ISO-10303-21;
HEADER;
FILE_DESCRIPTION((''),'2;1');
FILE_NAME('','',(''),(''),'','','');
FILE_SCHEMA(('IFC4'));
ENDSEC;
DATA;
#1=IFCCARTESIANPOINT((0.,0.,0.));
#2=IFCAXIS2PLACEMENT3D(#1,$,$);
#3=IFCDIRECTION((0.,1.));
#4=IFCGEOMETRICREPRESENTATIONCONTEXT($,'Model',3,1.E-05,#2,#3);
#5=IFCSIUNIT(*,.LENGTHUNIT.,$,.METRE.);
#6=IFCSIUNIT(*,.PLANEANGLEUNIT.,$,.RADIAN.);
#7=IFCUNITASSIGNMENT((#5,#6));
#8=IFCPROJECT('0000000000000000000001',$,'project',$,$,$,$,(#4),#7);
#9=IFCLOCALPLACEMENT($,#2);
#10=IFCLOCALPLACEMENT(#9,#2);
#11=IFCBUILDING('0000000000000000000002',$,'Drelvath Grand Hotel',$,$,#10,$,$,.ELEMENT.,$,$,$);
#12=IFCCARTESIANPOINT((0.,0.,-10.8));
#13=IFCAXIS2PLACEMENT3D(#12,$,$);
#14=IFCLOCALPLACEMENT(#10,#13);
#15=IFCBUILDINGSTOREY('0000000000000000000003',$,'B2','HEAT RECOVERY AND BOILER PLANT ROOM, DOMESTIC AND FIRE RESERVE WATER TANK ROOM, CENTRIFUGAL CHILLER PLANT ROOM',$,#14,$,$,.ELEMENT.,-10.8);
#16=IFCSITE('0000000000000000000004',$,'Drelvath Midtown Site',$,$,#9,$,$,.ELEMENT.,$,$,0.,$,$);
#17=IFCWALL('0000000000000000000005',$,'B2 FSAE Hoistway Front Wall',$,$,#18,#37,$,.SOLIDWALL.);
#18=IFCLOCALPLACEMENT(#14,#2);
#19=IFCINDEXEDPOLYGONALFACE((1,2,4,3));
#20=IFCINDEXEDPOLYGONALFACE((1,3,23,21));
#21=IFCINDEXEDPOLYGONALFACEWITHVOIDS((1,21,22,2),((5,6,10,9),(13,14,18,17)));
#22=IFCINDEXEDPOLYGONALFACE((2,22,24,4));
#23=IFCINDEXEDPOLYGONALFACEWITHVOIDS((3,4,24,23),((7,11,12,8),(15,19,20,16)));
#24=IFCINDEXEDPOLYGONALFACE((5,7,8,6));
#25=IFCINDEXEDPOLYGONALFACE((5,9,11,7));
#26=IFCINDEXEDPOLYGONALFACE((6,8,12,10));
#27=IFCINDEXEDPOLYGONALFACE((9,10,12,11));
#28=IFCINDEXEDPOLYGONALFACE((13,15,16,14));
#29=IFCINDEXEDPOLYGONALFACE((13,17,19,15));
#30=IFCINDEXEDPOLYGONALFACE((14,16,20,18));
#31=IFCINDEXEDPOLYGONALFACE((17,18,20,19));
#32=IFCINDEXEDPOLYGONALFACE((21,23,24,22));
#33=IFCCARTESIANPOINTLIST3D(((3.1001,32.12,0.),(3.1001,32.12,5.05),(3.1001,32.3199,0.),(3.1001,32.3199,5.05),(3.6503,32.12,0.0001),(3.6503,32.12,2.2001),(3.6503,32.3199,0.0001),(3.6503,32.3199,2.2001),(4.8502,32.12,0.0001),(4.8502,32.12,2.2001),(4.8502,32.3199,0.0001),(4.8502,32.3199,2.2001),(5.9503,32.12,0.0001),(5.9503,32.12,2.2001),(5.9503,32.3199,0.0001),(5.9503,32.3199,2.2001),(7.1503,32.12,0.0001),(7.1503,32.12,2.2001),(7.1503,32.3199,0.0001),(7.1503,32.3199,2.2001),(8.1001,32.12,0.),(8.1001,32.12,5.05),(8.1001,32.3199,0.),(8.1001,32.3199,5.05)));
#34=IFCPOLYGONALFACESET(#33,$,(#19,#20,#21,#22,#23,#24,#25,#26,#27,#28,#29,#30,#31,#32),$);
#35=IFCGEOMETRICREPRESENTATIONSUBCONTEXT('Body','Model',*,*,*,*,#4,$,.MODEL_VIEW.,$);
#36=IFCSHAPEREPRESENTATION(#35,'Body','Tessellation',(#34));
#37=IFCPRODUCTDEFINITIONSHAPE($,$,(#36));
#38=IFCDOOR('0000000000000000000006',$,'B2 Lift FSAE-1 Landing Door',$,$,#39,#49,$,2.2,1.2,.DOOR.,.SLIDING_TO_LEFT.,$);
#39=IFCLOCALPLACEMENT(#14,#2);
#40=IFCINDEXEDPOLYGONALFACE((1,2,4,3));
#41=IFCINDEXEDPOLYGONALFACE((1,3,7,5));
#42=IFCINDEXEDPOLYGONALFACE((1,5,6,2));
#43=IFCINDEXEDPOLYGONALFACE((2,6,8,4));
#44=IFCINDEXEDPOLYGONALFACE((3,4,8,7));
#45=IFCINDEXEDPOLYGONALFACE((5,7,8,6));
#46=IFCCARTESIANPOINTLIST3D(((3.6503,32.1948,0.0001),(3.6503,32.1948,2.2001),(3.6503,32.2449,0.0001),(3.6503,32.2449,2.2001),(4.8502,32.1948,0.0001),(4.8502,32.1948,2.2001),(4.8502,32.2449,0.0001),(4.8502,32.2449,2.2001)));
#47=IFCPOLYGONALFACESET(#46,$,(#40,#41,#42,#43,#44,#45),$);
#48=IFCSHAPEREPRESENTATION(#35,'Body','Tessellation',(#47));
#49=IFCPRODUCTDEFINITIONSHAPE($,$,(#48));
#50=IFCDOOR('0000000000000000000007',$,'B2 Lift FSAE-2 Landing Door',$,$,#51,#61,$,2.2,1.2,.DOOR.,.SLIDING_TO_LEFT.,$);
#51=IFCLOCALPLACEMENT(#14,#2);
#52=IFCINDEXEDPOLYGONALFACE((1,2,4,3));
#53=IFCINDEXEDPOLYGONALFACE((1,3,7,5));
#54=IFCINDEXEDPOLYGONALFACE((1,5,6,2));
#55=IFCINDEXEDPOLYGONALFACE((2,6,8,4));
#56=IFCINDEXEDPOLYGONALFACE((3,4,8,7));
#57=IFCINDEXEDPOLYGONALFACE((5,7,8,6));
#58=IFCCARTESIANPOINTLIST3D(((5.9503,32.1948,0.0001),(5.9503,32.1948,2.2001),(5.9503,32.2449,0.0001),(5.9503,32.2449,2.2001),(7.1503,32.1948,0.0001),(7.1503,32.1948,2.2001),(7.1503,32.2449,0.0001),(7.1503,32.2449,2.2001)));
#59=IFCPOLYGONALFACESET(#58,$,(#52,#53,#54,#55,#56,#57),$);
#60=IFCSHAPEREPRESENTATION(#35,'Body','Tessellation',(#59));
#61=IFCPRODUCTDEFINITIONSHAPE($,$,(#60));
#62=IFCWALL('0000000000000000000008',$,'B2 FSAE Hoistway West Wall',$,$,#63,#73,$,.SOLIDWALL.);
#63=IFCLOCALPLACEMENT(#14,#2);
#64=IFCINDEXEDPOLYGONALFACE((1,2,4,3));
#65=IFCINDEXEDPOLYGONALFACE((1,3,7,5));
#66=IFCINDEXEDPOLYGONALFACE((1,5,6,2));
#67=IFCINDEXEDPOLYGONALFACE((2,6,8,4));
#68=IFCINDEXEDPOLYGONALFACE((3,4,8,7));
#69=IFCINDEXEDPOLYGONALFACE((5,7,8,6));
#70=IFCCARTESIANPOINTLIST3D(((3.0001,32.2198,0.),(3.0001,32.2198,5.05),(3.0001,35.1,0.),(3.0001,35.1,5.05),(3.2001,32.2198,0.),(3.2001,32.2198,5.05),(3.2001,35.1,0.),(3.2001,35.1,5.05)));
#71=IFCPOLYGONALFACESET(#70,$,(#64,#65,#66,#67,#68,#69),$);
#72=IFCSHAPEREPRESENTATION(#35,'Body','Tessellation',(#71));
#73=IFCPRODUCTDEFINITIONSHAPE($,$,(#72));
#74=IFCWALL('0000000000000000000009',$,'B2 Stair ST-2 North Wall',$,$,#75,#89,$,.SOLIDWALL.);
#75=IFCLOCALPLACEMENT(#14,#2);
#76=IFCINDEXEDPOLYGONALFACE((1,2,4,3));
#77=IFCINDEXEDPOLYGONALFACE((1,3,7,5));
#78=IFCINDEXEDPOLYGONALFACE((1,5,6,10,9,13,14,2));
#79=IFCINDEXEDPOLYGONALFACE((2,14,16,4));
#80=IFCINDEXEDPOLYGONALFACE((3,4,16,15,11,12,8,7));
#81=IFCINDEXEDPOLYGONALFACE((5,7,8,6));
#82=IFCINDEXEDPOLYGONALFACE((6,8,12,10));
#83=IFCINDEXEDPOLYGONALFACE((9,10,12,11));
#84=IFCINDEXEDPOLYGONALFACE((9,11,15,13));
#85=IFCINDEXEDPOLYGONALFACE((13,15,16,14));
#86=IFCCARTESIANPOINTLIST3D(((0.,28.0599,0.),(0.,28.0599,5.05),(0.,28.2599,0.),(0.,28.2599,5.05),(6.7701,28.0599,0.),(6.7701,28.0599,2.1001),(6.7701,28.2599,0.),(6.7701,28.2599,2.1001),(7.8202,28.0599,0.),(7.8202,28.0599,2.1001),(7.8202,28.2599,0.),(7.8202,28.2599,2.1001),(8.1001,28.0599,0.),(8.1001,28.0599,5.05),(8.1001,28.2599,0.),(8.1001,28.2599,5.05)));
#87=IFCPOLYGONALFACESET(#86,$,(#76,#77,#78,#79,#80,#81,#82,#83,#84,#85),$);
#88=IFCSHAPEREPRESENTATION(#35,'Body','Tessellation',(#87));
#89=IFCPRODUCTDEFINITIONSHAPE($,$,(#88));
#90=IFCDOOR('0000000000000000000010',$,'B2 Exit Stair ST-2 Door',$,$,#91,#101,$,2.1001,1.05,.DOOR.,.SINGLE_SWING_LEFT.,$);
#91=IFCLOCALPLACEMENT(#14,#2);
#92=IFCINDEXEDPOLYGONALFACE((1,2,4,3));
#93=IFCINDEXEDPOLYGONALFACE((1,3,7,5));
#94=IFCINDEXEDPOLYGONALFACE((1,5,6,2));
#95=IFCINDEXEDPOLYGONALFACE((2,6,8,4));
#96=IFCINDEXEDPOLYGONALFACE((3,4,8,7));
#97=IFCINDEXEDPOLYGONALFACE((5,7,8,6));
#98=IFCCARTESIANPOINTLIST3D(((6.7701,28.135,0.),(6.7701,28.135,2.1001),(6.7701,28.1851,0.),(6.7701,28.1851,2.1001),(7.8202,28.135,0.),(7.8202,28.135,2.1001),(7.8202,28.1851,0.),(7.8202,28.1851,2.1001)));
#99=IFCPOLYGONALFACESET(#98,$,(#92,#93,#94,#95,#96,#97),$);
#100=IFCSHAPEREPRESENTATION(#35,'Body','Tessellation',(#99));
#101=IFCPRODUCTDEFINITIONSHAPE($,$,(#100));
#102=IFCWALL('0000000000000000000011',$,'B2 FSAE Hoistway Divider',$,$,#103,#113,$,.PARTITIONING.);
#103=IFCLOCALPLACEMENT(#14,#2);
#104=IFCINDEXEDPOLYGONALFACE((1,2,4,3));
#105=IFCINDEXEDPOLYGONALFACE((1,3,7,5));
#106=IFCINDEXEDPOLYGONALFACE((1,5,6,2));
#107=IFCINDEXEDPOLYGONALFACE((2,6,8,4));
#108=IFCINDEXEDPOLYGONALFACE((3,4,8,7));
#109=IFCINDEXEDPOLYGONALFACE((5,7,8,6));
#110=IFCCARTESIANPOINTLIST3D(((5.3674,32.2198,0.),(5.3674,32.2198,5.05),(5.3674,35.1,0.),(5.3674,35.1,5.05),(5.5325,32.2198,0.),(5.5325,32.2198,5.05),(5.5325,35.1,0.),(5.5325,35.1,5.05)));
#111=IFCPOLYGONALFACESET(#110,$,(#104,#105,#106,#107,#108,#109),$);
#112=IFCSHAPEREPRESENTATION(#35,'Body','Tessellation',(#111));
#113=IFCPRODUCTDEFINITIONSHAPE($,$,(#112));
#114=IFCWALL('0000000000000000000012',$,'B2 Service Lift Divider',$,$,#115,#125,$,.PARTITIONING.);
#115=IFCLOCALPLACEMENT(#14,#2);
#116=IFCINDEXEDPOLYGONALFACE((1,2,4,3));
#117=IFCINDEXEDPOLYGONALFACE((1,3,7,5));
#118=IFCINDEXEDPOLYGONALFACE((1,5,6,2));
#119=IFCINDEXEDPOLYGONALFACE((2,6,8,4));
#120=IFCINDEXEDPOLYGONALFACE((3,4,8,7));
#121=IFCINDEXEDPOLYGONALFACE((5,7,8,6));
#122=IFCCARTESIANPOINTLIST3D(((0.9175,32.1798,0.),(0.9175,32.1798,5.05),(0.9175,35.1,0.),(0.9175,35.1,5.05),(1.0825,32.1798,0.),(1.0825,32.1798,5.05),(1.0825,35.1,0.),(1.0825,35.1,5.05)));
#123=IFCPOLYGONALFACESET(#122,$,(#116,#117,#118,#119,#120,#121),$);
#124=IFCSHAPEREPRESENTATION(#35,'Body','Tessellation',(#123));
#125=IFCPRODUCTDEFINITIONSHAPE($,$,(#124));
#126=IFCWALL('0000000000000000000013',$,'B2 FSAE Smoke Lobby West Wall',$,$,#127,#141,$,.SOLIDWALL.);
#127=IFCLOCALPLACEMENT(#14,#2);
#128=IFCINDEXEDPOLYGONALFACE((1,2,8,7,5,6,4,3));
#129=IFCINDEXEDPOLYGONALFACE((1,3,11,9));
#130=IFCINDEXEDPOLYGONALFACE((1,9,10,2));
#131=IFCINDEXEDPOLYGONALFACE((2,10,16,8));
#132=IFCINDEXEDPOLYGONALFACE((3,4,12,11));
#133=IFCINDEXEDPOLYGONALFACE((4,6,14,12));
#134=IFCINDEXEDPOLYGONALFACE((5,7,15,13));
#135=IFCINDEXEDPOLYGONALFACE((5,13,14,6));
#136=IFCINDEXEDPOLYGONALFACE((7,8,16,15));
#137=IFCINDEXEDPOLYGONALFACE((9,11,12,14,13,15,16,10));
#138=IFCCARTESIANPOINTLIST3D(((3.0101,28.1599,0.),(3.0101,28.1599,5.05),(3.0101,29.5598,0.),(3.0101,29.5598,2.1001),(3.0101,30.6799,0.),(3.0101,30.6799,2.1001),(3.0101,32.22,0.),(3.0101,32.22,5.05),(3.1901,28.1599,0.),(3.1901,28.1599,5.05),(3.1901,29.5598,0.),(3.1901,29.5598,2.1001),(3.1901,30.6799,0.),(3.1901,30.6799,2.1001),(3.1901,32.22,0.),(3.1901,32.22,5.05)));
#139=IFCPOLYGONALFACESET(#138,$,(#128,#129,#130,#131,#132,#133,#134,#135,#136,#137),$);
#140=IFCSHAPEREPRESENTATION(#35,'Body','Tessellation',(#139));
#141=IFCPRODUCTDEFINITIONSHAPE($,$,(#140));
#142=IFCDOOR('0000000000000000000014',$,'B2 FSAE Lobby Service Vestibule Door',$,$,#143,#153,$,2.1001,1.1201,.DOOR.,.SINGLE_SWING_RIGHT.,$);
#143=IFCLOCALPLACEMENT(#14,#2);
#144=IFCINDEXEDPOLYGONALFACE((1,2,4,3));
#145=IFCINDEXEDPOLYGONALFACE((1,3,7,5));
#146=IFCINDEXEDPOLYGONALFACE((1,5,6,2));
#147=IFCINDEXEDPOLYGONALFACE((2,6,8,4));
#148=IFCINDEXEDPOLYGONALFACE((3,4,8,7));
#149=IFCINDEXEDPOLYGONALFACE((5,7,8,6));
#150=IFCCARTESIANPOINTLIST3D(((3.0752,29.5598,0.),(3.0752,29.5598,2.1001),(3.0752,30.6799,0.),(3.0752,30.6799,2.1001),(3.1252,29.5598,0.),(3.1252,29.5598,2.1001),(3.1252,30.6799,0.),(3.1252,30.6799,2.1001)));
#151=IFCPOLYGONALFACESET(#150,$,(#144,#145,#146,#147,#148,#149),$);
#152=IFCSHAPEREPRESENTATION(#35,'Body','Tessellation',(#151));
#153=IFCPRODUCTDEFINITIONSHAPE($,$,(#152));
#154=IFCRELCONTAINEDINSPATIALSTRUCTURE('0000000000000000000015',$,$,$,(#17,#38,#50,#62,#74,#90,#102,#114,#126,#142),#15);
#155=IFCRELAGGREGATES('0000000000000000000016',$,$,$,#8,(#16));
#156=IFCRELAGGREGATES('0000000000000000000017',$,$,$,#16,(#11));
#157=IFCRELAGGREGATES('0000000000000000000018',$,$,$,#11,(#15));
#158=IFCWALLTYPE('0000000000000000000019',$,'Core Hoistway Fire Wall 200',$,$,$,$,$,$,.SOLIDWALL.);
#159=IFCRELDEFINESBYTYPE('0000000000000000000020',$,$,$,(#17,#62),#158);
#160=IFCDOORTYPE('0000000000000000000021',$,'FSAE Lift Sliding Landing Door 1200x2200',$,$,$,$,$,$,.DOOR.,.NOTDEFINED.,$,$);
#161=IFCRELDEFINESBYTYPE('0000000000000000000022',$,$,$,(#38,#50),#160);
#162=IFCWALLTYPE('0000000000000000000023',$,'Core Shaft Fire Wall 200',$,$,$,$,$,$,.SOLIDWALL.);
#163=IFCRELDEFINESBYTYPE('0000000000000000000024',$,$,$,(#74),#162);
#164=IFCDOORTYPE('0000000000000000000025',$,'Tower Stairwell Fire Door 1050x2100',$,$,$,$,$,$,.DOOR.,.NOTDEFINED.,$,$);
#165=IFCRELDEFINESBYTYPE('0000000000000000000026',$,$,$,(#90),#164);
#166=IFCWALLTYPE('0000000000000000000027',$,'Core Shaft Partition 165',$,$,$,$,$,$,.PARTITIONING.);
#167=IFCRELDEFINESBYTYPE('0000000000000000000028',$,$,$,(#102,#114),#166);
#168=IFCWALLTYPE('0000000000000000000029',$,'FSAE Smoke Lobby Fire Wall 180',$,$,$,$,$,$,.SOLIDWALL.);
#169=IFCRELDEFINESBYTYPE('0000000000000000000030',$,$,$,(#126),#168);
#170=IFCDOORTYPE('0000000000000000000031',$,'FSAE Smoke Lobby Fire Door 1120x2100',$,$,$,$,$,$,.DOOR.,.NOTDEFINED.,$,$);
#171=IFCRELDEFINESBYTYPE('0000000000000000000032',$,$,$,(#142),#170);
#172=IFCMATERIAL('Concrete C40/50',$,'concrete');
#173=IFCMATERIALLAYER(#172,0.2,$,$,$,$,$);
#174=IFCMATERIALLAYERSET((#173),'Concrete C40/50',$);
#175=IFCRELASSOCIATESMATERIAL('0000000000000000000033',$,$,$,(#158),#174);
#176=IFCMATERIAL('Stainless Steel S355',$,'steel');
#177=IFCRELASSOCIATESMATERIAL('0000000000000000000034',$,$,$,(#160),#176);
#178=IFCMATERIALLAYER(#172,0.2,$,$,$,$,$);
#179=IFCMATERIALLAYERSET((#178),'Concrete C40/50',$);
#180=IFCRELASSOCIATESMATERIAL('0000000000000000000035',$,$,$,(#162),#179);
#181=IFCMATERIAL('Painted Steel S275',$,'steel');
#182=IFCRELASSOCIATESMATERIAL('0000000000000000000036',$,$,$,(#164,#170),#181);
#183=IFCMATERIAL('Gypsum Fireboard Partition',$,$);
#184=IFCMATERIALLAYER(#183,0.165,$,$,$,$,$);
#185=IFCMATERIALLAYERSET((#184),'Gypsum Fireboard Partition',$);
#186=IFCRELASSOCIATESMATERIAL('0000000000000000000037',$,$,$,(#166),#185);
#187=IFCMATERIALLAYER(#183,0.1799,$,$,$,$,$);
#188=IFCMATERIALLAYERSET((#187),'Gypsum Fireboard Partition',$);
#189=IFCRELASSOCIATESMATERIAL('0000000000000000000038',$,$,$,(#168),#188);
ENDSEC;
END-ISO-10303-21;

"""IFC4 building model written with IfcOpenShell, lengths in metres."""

from ifc_helpers import new_model, si_unit, direction, frame, frame_2d, origin, place, context, subcontext, project, spatial, rectangle, extrude, material, layer, layer_set, type_object, element, fill, save


model = new_model("IFC4")

# Units and contexts
model_context = context("Model", 3, precision=1e-05, world=origin(), true_north=direction((0.0, 1.0)))
body_context = subcontext(model_context, "Body", "Model", "MODEL_VIEW")
ifc_project = project(units=[si_unit("LENGTHUNIT", "METRE"), si_unit("PLANEANGLEUNIT", "RADIAN")], contexts=[model_context])

# Site, building, storey
site_placement = place(None, origin())
site = spatial("IfcSite", under=ifc_project, at=site_placement, Name="Drelvath Midtown Site", CompositionType="ELEMENT", RefElevation=0.0)
building_placement = place(site_placement, origin())
building = spatial("IfcBuilding", under=site, at=building_placement, Name="Drelvath Grand Hotel", CompositionType="ELEMENT")
storey_placement = place(building_placement, frame((0.0, 0.0, -10.8)))
storey = spatial("IfcBuildingStorey", under=building, at=storey_placement, Name="B2", Description="HEAT RECOVERY AND BOILER PLANT ROOM, DOMESTIC AND FIRE RESERVE WATER TANK ROOM, CENTRIFUGAL CHILLER PLANT ROOM", CompositionType="ELEMENT", Elevation=-10.8)

# Wall, openings, doors
ifc_material_1 = material(Name="Concrete C40/50", Category="concrete")
ifc_layer_1 = layer(ifc_material_1, 0.2)
ifc_layer_set_1 = layer_set([ifc_layer_1], Name="Concrete C40/50")
wall_type_1 = type_object("IfcWallType", Name="Core Hoistway Fire Wall 200", PredefinedType="SOLIDWALL", material=ifc_layer_set_1)
wall_1_placement = place(storey_placement, frame((3.1001, 32.22, 0.0), z_axis=(0.0, 0.0, 1.0), x_axis=(1.0, 0.0, 0.0)))
wall_1 = element("IfcWall", 1, at=wall_1_placement, inside=storey, type_object=wall_type_1, Name="B2 FSAE Hoistway Front Wall", PredefinedType="SOLIDWALL", context=body_context, shape_type="SweptSolid", body=[
    extrude(rectangle(XDim=5.0, YDim=0.2, at=frame_2d((2.5, 0.0))), origin(), (0.0, 0.0, 1.0), 5.05),
])
opening_1_placement = place(wall_1_placement, frame((0.55, 0.0, 0.0)))
opening_1 = element("IfcOpeningElement", 2, at=opening_1_placement, cuts=wall_1, PredefinedType="OPENING", context=body_context, shape_type="SweptSolid", body=[
    extrude(rectangle(XDim=1.2, YDim=2.2, at=frame_2d((0.6001, 1.1001))), frame((0.0, 0.1099, 0.0), z_axis=(0.0, -1.0, 0.0), x_axis=(1.0, 0.0, 0.0)), (0.0, 0.0, 1.0), 0.22),
])
opening_2_placement = place(wall_1_placement, frame((2.8501, 0.0, 0.0)))
opening_2 = element("IfcOpeningElement", 3, at=opening_2_placement, cuts=wall_1, PredefinedType="OPENING", context=body_context, shape_type="SweptSolid", body=[
    extrude(rectangle(XDim=1.2, YDim=2.2, at=frame_2d((0.6001, 1.1001))), frame((0.0, 0.1099, 0.0), z_axis=(0.0, -1.0, 0.0), x_axis=(1.0, 0.0, 0.0)), (0.0, 0.0, 1.0), 0.22),
])
ifc_material_2 = material(Name="Stainless Steel S355", Category="steel")
door_type_1 = type_object("IfcDoorType", Name="FSAE Lift Sliding Landing Door 1200x2200", OperationType="NOTDEFINED", PredefinedType="DOOR", material=ifc_material_2)
door_1_placement = place(opening_1_placement, origin())
door_1 = element("IfcDoor", 4, at=door_1_placement, inside=storey, type_object=door_type_1, Name="B2 Lift FSAE-1 Landing Door", OperationType="SLIDING_TO_LEFT", OverallHeight=2.2, OverallWidth=1.2, PredefinedType="DOOR", context=body_context, shape_type="SweptSolid", body=[
    extrude(rectangle(XDim=1.2, YDim=2.2, at=frame_2d((0.6001, 1.1001))), frame((0.0, 0.0249, 0.0), z_axis=(0.0, -1.0, 0.0), x_axis=(1.0, 0.0, 0.0)), (0.0, 0.0, 1.0), 0.05),
])
fill(opening_1, door_1)
door_2_placement = place(opening_2_placement, origin())
door_2 = element("IfcDoor", 5, at=door_2_placement, inside=storey, type_object=door_type_1, Name="B2 Lift FSAE-2 Landing Door", OperationType="SLIDING_TO_LEFT", OverallHeight=2.2, OverallWidth=1.2, PredefinedType="DOOR", context=body_context, shape_type="SweptSolid", body=[
    extrude(rectangle(XDim=1.2, YDim=2.2, at=frame_2d((0.6001, 1.1001))), frame((0.0, 0.0249, 0.0), z_axis=(0.0, -1.0, 0.0), x_axis=(1.0, 0.0, 0.0)), (0.0, 0.0, 1.0), 0.05),
])
fill(opening_2, door_2)

# Wall
wall_2_placement = place(storey_placement, frame((3.1001, 32.22, 0.0), z_axis=(0.0, 0.0, 1.0), x_axis=(0.0, 1.0, 0.0)))
element("IfcWall", 6, at=wall_2_placement, inside=storey, type_object=wall_type_1, Name="B2 FSAE Hoistway West Wall", PredefinedType="SOLIDWALL", context=body_context, shape_type="SweptSolid", body=[
    extrude(rectangle(XDim=2.8801, YDim=0.2, at=frame_2d((1.4399, 0.0))), origin(), (0.0, 0.0, 1.0), 5.05),
])

# Wall, opening, door
ifc_layer_2 = layer(ifc_material_1, 0.2)
ifc_layer_set_2 = layer_set([ifc_layer_2], Name="Concrete C40/50")
wall_type_2 = type_object("IfcWallType", Name="Core Shaft Fire Wall 200", PredefinedType="SOLIDWALL", material=ifc_layer_set_2)
wall_3_placement = place(storey_placement, frame((8.1001, 28.1599, 0.0), z_axis=(0.0, 0.0, 1.0), x_axis=(-1.0, 0.0, 0.0)))
wall_3 = element("IfcWall", 7, at=wall_3_placement, inside=storey, type_object=wall_type_2, Name="B2 Stair ST-2 North Wall", PredefinedType="SOLIDWALL", context=body_context, shape_type="SweptSolid", body=[
    extrude(rectangle(XDim=8.1001, YDim=0.2, at=frame_2d((4.05, 0.0))), origin(), (0.0, 0.0, 1.0), 5.05),
])
opening_3_placement = place(wall_3_placement, frame((0.28, 0.0, 0.0)))
opening_3 = element("IfcOpeningElement", 8, at=opening_3_placement, cuts=wall_3, PredefinedType="OPENING", context=body_context, shape_type="SweptSolid", body=[
    extrude(rectangle(XDim=1.05, YDim=2.1001, at=frame_2d((0.5249, 1.05))), frame((0.0, 0.1099, 0.0), z_axis=(0.0, -1.0, 0.0), x_axis=(1.0, 0.0, 0.0)), (0.0, 0.0, 1.0), 0.22),
])
ifc_material_3 = material(Name="Painted Steel S275", Category="steel")
door_type_2 = type_object("IfcDoorType", Name="Tower Stairwell Fire Door 1050x2100", OperationType="NOTDEFINED", PredefinedType="DOOR", material=ifc_material_3)
door_3_placement = place(opening_3_placement, origin())
door_3 = element("IfcDoor", 9, at=door_3_placement, inside=storey, type_object=door_type_2, Name="B2 Exit Stair ST-2 Door", OperationType="SINGLE_SWING_LEFT", OverallHeight=2.1001, OverallWidth=1.05, PredefinedType="DOOR", context=body_context, shape_type="SweptSolid", body=[
    extrude(rectangle(XDim=1.05, YDim=2.1001, at=frame_2d((0.5249, 1.05))), frame((0.0, 0.0249, 0.0), z_axis=(0.0, -1.0, 0.0), x_axis=(1.0, 0.0, 0.0)), (0.0, 0.0, 1.0), 0.05),
])
fill(opening_3, door_3)

# Walls
ifc_material_4 = material(Name="Gypsum Fireboard Partition")
ifc_layer_3 = layer(ifc_material_4, 0.165)
ifc_layer_set_3 = layer_set([ifc_layer_3], Name="Gypsum Fireboard Partition")
wall_type_3 = type_object("IfcWallType", Name="Core Shaft Partition 165", PredefinedType="PARTITIONING", material=ifc_layer_set_3)
wall_4_placement = place(storey_placement, frame((5.45, 32.22, 0.0), z_axis=(0.0, 0.0, 1.0), x_axis=(0.0, 1.0, 0.0)))
element("IfcWall", 10, at=wall_4_placement, inside=storey, type_object=wall_type_3, Name="B2 FSAE Hoistway Divider", PredefinedType="PARTITIONING", context=body_context, shape_type="SweptSolid", body=[
    extrude(rectangle(XDim=2.8801, YDim=0.165, at=frame_2d((1.4399, 0.0))), origin(), (0.0, 0.0, 1.0), 5.05),
])
wall_5_placement = place(storey_placement, frame((1.0, 32.1799, 0.0), z_axis=(0.0, 0.0, 1.0), x_axis=(0.0, 1.0, 0.0)))
element("IfcWall", 11, at=wall_5_placement, inside=storey, type_object=wall_type_3, Name="B2 Service Lift Divider", PredefinedType="PARTITIONING", context=body_context, shape_type="SweptSolid", body=[
    extrude(rectangle(XDim=2.9202, YDim=0.165, at=frame_2d((1.46, 0.0))), origin(), (0.0, 0.0, 1.0), 5.05),
])

# Wall, opening, door
ifc_layer_4 = layer(ifc_material_4, 0.1799)
ifc_layer_set_4 = layer_set([ifc_layer_4], Name="Gypsum Fireboard Partition")
wall_type_4 = type_object("IfcWallType", Name="FSAE Smoke Lobby Fire Wall 180", PredefinedType="SOLIDWALL", material=ifc_layer_set_4)
wall_6_placement = place(storey_placement, frame((3.1001, 28.1599, 0.0), z_axis=(0.0, 0.0, 1.0), x_axis=(0.0, 1.0, 0.0)))
wall_6 = element("IfcWall", 12, at=wall_6_placement, inside=storey, type_object=wall_type_4, Name="B2 FSAE Smoke Lobby West Wall", PredefinedType="SOLIDWALL", context=body_context, shape_type="SweptSolid", body=[
    extrude(rectangle(XDim=4.0601, YDim=0.1799, at=frame_2d((2.03, 0.0))), origin(), (0.0, 0.0, 1.0), 5.05),
])
opening_4_placement = place(wall_6_placement, frame((1.3999, 0.0, 0.0)))
opening_4 = element("IfcOpeningElement", 13, at=opening_4_placement, cuts=wall_6, PredefinedType="OPENING", context=body_context, shape_type="SweptSolid", body=[
    extrude(rectangle(XDim=1.1201, YDim=2.1001, at=frame_2d((0.5601, 1.05))), frame((0.0, 0.0999, 0.0), z_axis=(0.0, -1.0, 0.0), x_axis=(1.0, 0.0, 0.0)), (0.0, 0.0, 1.0), 0.2),
])
door_type_3 = type_object("IfcDoorType", Name="FSAE Smoke Lobby Fire Door 1120x2100", OperationType="NOTDEFINED", PredefinedType="DOOR", material=ifc_material_3)
door_4_placement = place(opening_4_placement, origin())
door_4 = element("IfcDoor", 14, at=door_4_placement, inside=storey, type_object=door_type_3, Name="B2 FSAE Lobby Service Vestibule Door", OperationType="SINGLE_SWING_RIGHT", OverallHeight=2.1001, OverallWidth=1.1201, PredefinedType="DOOR", context=body_context, shape_type="SweptSolid", body=[
    extrude(rectangle(XDim=1.1201, YDim=2.1001, at=frame_2d((0.5601, 1.05))), frame((0.0, 0.0249, 0.0), z_axis=(0.0, -1.0, 0.0), x_axis=(1.0, 0.0, 0.0)), (0.0, 0.0, 1.0), 0.05),
])
fill(opening_4, door_4)

save(model, "model.ifc")
